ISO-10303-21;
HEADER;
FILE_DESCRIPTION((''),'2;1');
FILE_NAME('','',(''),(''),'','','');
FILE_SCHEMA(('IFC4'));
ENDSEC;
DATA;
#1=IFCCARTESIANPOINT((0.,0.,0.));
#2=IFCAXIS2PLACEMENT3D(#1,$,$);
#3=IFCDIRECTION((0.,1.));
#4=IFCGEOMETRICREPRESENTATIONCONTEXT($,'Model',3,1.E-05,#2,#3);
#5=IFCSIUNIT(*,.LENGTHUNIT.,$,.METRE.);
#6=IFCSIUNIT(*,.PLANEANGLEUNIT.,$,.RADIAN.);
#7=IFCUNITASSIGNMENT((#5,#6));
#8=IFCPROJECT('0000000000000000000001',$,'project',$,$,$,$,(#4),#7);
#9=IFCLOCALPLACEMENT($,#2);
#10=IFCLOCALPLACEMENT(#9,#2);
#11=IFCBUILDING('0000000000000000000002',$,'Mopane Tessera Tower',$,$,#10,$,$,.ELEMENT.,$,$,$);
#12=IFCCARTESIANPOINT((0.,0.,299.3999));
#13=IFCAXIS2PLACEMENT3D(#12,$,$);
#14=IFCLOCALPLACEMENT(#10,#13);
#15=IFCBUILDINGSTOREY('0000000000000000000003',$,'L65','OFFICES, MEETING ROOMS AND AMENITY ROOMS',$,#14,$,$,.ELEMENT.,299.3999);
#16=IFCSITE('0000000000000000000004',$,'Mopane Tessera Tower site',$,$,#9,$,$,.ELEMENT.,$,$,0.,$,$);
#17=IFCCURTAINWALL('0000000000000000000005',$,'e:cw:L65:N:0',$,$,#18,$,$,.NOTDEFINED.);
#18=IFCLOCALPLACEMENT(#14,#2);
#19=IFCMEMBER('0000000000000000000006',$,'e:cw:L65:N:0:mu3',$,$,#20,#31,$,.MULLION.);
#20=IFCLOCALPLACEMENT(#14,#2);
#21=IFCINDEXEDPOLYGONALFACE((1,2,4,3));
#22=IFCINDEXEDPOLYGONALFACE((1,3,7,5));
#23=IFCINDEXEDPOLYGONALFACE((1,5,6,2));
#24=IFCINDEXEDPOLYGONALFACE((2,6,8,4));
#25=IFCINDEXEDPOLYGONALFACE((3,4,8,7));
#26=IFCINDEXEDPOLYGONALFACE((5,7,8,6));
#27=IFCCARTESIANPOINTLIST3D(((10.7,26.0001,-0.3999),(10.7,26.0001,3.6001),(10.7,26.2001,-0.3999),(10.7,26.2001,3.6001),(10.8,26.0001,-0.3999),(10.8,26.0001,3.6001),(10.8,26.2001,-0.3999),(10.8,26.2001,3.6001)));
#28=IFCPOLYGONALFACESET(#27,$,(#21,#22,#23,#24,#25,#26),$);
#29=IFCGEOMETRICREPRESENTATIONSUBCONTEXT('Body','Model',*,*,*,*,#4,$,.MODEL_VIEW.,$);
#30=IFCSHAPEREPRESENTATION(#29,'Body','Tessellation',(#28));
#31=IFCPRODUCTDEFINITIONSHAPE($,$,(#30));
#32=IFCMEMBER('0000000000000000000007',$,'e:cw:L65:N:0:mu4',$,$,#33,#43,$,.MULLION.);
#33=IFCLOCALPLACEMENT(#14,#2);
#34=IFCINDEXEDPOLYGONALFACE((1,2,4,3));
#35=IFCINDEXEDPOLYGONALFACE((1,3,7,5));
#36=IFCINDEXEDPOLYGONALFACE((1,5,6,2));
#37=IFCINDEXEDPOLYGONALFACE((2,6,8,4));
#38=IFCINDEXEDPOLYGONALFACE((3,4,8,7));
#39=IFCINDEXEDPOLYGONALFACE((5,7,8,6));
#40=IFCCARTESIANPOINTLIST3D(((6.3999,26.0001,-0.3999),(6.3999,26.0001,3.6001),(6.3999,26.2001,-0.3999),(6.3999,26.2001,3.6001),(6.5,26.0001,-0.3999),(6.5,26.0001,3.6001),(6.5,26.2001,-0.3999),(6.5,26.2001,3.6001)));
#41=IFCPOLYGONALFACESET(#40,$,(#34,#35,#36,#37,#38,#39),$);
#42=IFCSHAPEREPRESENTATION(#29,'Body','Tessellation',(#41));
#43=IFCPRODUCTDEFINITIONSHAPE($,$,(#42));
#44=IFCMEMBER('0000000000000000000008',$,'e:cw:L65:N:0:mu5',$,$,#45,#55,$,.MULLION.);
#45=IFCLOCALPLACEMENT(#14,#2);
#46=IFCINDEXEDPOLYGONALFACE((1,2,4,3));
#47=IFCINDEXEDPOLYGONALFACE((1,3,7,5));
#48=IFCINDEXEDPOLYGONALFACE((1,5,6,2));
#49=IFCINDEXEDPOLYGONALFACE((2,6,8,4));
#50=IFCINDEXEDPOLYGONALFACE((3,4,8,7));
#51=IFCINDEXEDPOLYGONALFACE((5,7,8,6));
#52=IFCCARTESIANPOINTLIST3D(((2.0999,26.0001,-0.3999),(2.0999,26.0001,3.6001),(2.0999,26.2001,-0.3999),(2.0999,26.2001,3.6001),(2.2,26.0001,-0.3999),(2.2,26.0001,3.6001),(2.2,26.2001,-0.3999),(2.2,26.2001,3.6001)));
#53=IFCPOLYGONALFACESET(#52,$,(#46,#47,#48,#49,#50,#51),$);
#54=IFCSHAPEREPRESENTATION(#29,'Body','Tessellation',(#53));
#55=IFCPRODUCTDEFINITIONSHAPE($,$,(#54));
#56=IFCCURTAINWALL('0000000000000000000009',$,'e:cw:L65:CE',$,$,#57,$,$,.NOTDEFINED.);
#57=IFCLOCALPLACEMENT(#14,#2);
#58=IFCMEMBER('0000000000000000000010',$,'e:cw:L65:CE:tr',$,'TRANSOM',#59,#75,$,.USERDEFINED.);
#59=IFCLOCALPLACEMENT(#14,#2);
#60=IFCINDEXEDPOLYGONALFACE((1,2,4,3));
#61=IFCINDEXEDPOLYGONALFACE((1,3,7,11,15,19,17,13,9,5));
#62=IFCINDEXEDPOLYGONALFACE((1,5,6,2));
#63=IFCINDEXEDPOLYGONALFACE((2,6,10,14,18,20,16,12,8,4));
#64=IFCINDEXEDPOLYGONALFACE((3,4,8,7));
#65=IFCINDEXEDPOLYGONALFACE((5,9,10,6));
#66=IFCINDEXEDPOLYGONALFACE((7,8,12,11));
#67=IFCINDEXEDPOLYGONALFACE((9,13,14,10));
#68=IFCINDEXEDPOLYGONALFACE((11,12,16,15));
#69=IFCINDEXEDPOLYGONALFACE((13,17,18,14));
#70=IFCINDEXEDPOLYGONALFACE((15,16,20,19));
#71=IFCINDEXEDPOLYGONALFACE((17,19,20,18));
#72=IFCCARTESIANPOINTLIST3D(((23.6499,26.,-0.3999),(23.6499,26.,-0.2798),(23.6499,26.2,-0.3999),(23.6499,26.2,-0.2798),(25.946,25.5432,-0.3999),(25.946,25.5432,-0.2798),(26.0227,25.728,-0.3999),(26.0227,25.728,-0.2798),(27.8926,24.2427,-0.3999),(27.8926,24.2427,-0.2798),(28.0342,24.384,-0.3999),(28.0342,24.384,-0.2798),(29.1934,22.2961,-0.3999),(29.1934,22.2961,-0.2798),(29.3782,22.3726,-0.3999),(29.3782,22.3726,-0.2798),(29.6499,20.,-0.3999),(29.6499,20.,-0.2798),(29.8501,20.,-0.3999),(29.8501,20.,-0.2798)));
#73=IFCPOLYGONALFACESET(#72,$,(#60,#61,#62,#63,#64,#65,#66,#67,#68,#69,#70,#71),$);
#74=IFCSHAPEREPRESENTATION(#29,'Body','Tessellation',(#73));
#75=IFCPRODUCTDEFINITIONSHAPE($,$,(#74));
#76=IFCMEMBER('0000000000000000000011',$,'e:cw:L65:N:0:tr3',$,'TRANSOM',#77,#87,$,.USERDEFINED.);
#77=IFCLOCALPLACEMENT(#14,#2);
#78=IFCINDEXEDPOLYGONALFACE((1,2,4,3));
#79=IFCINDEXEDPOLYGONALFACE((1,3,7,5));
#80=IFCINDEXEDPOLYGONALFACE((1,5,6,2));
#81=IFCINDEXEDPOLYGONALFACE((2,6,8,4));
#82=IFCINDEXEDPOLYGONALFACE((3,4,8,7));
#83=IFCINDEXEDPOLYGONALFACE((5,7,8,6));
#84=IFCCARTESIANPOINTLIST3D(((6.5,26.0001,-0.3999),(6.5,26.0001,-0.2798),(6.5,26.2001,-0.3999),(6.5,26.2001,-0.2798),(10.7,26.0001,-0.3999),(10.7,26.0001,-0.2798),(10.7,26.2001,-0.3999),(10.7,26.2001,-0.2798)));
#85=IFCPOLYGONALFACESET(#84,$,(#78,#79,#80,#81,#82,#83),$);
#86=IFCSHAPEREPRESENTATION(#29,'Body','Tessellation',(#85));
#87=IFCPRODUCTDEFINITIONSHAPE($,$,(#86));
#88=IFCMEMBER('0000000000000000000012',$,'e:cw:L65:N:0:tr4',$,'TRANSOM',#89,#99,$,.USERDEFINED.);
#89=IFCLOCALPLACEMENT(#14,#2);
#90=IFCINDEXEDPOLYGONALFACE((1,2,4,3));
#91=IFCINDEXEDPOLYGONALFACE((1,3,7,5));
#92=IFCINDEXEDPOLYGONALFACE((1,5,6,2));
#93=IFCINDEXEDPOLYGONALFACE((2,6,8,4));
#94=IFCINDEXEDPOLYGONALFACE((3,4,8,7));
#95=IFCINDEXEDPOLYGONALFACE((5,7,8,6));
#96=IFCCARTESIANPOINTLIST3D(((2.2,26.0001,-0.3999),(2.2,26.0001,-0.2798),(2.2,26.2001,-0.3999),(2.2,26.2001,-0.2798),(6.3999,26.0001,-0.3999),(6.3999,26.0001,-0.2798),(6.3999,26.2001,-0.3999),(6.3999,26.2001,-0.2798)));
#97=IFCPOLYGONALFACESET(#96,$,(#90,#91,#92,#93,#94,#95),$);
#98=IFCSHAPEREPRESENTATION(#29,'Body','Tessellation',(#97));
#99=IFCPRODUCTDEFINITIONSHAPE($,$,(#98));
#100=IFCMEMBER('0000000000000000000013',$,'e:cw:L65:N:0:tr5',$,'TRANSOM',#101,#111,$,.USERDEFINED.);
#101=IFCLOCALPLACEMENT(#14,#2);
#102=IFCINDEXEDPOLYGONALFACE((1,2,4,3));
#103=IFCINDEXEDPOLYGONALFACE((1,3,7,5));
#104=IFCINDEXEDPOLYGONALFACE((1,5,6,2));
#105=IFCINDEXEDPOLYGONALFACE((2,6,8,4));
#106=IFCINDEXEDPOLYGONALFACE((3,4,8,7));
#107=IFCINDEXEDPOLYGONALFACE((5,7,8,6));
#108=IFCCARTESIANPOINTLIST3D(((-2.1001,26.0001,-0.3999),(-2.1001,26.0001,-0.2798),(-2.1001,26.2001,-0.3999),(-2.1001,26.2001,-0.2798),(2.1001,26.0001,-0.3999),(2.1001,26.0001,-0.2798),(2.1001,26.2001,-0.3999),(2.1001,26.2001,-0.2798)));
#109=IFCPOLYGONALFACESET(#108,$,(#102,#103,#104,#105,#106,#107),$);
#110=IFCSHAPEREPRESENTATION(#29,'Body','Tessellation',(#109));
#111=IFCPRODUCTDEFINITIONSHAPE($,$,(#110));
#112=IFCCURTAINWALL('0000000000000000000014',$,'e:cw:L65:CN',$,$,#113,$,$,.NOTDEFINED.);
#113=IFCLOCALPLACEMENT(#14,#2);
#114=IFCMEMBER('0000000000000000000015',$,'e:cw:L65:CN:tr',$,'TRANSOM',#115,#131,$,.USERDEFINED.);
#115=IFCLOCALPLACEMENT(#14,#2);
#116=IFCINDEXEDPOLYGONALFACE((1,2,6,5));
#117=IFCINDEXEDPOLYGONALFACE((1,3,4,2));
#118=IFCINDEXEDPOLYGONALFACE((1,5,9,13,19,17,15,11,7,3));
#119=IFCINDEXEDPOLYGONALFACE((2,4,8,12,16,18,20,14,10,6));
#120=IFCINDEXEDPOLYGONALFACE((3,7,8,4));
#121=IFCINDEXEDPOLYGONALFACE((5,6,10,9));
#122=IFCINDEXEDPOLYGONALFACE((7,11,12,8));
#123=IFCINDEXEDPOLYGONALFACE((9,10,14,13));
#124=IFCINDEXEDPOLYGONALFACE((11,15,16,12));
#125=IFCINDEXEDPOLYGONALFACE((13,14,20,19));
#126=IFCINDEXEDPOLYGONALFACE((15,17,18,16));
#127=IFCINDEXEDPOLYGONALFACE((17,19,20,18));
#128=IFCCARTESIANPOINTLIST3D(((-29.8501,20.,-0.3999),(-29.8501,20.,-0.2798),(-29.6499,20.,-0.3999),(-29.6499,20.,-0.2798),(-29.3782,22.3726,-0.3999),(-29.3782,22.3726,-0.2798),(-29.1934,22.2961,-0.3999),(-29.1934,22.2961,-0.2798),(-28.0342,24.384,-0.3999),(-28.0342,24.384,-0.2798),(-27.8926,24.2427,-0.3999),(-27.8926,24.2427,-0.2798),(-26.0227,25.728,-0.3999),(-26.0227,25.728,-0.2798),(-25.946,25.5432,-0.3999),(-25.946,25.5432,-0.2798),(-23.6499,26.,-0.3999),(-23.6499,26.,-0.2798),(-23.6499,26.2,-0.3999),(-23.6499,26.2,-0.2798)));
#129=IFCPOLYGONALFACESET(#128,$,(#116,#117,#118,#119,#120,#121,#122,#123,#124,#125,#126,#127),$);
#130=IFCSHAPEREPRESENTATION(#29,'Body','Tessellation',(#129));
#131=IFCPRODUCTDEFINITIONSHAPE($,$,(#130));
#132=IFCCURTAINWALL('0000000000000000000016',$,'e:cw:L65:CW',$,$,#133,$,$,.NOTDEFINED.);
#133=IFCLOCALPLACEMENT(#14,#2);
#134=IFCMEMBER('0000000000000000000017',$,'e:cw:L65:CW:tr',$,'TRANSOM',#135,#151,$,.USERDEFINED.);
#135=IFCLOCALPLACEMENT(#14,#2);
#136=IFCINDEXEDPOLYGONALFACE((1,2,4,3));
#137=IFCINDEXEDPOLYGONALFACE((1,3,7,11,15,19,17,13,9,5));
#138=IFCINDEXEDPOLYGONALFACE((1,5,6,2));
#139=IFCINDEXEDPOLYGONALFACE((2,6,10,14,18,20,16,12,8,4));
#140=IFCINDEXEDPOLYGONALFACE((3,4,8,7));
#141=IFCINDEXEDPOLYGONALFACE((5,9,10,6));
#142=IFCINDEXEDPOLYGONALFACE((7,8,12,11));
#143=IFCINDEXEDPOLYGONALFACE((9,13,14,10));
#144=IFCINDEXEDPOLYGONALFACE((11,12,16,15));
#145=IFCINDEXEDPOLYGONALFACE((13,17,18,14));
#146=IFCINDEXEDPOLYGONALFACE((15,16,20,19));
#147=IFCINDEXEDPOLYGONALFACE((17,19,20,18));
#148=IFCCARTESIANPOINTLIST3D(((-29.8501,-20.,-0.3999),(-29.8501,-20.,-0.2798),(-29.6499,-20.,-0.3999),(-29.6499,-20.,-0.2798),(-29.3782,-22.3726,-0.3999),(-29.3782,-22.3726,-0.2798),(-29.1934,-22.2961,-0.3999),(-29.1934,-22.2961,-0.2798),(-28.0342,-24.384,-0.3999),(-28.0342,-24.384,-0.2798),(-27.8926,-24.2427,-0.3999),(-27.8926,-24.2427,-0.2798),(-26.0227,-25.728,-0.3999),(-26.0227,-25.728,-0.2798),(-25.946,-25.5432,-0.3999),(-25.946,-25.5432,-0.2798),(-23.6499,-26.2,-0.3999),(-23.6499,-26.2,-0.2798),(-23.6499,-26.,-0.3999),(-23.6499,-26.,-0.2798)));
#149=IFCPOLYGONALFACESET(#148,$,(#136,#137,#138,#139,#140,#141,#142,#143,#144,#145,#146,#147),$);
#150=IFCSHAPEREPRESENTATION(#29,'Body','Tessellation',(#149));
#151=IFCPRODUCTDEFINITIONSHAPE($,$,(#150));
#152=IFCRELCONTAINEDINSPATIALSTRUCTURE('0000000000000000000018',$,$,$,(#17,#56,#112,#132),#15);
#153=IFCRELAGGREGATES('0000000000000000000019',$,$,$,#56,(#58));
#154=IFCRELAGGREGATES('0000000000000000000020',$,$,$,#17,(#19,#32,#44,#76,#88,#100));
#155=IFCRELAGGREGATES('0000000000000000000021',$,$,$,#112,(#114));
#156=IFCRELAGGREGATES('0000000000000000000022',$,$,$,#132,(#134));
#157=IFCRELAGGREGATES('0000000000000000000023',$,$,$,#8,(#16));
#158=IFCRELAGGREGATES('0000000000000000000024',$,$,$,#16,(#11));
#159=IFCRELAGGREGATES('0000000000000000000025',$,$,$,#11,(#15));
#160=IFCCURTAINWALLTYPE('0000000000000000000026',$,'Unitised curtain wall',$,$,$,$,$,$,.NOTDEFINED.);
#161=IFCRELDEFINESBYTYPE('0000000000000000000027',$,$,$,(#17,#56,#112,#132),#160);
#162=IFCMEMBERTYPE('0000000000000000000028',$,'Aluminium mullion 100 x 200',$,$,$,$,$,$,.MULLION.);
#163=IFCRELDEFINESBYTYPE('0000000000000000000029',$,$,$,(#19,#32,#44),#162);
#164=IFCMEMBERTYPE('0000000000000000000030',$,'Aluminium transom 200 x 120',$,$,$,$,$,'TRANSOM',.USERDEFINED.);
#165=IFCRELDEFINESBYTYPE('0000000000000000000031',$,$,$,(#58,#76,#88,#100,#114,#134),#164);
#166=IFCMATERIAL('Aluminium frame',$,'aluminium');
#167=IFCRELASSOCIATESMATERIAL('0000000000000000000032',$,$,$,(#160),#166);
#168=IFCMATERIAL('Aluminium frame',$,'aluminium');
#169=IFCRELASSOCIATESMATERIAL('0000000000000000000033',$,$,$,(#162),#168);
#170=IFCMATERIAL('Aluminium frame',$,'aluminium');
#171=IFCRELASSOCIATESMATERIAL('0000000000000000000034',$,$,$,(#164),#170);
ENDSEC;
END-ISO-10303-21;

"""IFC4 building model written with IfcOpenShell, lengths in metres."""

from ifc_helpers import new_model, si_unit, direction, frame, origin, origin_2d, place, context, subcontext, project, spatial, polyline, rectangle, outline, extrude, material, material_profile, profile_set, type_object, element, aggregate, save


model = new_model("IFC4")

# Units and contexts
model_context = context("Model", 3, precision=1e-05, world=origin(), true_north=direction((0.0, 1.0)))
body_context = subcontext(model_context, "Body", "Model", "MODEL_VIEW")
ifc_project = project(units=[si_unit("LENGTHUNIT", "METRE"), si_unit("PLANEANGLEUNIT", "RADIAN")], contexts=[model_context])

# Site, building, storey
site_placement = place(None, origin())
site = spatial("IfcSite", under=ifc_project, at=site_placement, Name="Mopane Tessera Tower site", CompositionType="ELEMENT", RefElevation=0.0)
building_placement = place(site_placement, origin())
building = spatial("IfcBuilding", under=site, at=building_placement, Name="Mopane Tessera Tower", CompositionType="ELEMENT")
storey_placement = place(building_placement, frame((0.0, 0.0, 299.3999)))
storey = spatial("IfcBuildingStorey", under=building, at=storey_placement, Name="L65", Description="OFFICES, MEETING ROOMS AND AMENITY ROOMS", CompositionType="ELEMENT", Elevation=299.3999)

# Curtain wall, members
ifc_material_1 = material(Name="Aluminium frame", Category="aluminium")
curtain_wall_type = type_object("IfcCurtainWallType", Name="Unitised curtain wall", PredefinedType="NOTDEFINED", material=ifc_material_1)
curtain_wall_1_placement = place(storey_placement, origin())
curtain_wall_1 = element("IfcCurtainWall", 1, at=curtain_wall_1_placement, inside=storey, type_object=curtain_wall_type, Name="e:cw:L65:N:0", PredefinedType="NOTDEFINED")
ifc_material_2 = material(Name="Aluminium frame", Category="aluminium")
ifc_material_profile_1 = material_profile(ifc_material_2, rectangle(XDim=0.1001, YDim=0.2, at=origin_2d()))
ifc_profile_set_1 = profile_set([ifc_material_profile_1], Name="Aluminium frame")
member_type_1 = type_object("IfcMemberType", Name="Aluminium mullion 100 x 200", PredefinedType="MULLION", material=ifc_profile_set_1)
member_1_placement = place(storey_placement, frame((10.75, 26.1001, -0.3999), z_axis=(0.0, 0.0, 1.0), x_axis=(-1.0, 0.0, 0.0)))
member_1 = element("IfcMember", 2, at=member_1_placement, type_object=member_type_1, Name="e:cw:L65:N:0:mu3", PredefinedType="MULLION", context=body_context, shape_type="SweptSolid", body=[
    extrude(rectangle(XDim=0.1001, YDim=0.2, at=origin_2d()), origin(), (0.0, 0.0, 1.0), 4.0),
])
member_2_placement = place(storey_placement, frame((6.45, 26.1001, -0.3999), z_axis=(0.0, 0.0, 1.0), x_axis=(-1.0, 0.0, 0.0)))
member_2 = element("IfcMember", 3, at=member_2_placement, type_object=member_type_1, Name="e:cw:L65:N:0:mu4", PredefinedType="MULLION", context=body_context, shape_type="SweptSolid", body=[
    extrude(rectangle(XDim=0.1001, YDim=0.2, at=origin_2d()), origin(), (0.0, 0.0, 1.0), 4.0),
])
member_3_placement = place(storey_placement, frame((2.1499, 26.1001, -0.3999), z_axis=(0.0, 0.0, 1.0), x_axis=(-1.0, 0.0, 0.0)))
member_3 = element("IfcMember", 4, at=member_3_placement, type_object=member_type_1, Name="e:cw:L65:N:0:mu5", PredefinedType="MULLION", context=body_context, shape_type="SweptSolid", body=[
    extrude(rectangle(XDim=0.1001, YDim=0.2, at=origin_2d()), origin(), (0.0, 0.0, 1.0), 4.0),
])

# Curtain wall, member
curtain_wall_2_placement = place(storey_placement, origin())
curtain_wall_2 = element("IfcCurtainWall", 5, at=curtain_wall_2_placement, inside=storey, type_object=curtain_wall_type, Name="e:cw:L65:CE", PredefinedType="NOTDEFINED")
ifc_material_3 = material(Name="Aluminium frame", Category="aluminium")
ifc_material_profile_2 = material_profile(ifc_material_3, rectangle(XDim=0.2, YDim=0.1201, at=origin_2d()))
ifc_profile_set_2 = profile_set([ifc_material_profile_2], Name="Aluminium frame")
member_type_2 = type_object("IfcMemberType", Name="Aluminium transom 200 x 120", ElementType="TRANSOM", PredefinedType="USERDEFINED", material=ifc_profile_set_2)
member_4_placement = place(storey_placement, frame((0.0, 0.0, -0.3999)))
member_4 = element("IfcMember", 6, at=member_4_placement, type_object=member_type_2, Name="e:cw:L65:CE:tr", ObjectType="TRANSOM", PredefinedType="USERDEFINED", context=body_context, shape_type="SweptSolid", body=[
    extrude(outline(polyline([(29.6499, 20.0), (29.1934, 22.2961), (27.8926, 24.2427), (25.946, 25.5432), (23.6499, 26.0), (23.6499, 26.2), (26.0227, 25.728), (28.0342, 24.384), (29.3782, 22.3726), (29.8501, 20.0), (29.6499, 20.0)])), origin(), (0.0, 0.0, 1.0), 0.1201),
])

# Members
member_5_placement = place(storey_placement, frame((10.7, 26.1001, -0.3398), z_axis=(-1.0, 0.0, 0.0), x_axis=(0.0, -1.0, 0.0)))
member_5 = element("IfcMember", 7, at=member_5_placement, type_object=member_type_2, Name="e:cw:L65:N:0:tr3", ObjectType="TRANSOM", PredefinedType="USERDEFINED", context=body_context, shape_type="SweptSolid", body=[
    extrude(rectangle(XDim=0.2, YDim=0.1201, at=origin_2d()), origin(), (0.0, 0.0, 1.0), 4.2),
])
member_6_placement = place(storey_placement, frame((6.3999, 26.1001, -0.3398), z_axis=(-1.0, 0.0, 0.0), x_axis=(0.0, -1.0, 0.0)))
member_6 = element("IfcMember", 8, at=member_6_placement, type_object=member_type_2, Name="e:cw:L65:N:0:tr4", ObjectType="TRANSOM", PredefinedType="USERDEFINED", context=body_context, shape_type="SweptSolid", body=[
    extrude(rectangle(XDim=0.2, YDim=0.1201, at=origin_2d()), origin(), (0.0, 0.0, 1.0), 4.2),
])
member_7_placement = place(storey_placement, frame((2.1001, 26.1001, -0.3398), z_axis=(-1.0, 0.0, 0.0), x_axis=(0.0, -1.0, 0.0)))
member_7 = element("IfcMember", 9, at=member_7_placement, type_object=member_type_2, Name="e:cw:L65:N:0:tr5", ObjectType="TRANSOM", PredefinedType="USERDEFINED", context=body_context, shape_type="SweptSolid", body=[
    extrude(rectangle(XDim=0.2, YDim=0.1201, at=origin_2d()), origin(), (0.0, 0.0, 1.0), 4.2002),
])

# Curtain walls, members
curtain_wall_3_placement = place(storey_placement, origin())
curtain_wall_3 = element("IfcCurtainWall", 10, at=curtain_wall_3_placement, inside=storey, type_object=curtain_wall_type, Name="e:cw:L65:CN", PredefinedType="NOTDEFINED")
member_8_placement = place(storey_placement, frame((0.0, 0.0, -0.3999)))
member_8 = element("IfcMember", 11, at=member_8_placement, type_object=member_type_2, Name="e:cw:L65:CN:tr", ObjectType="TRANSOM", PredefinedType="USERDEFINED", context=body_context, shape_type="SweptSolid", body=[
    extrude(outline(polyline([(-23.6499, 26.0), (-25.946, 25.5432), (-27.8926, 24.2427), (-29.1934, 22.2961), (-29.6499, 20.0), (-29.8501, 20.0), (-29.3782, 22.3726), (-28.0342, 24.384), (-26.0227, 25.728), (-23.6499, 26.2), (-23.6499, 26.0)])), origin(), (0.0, 0.0, 1.0), 0.1201),
])
curtain_wall_4_placement = place(storey_placement, origin())
curtain_wall_4 = element("IfcCurtainWall", 12, at=curtain_wall_4_placement, inside=storey, type_object=curtain_wall_type, Name="e:cw:L65:CW", PredefinedType="NOTDEFINED")
member_9_placement = place(storey_placement, frame((0.0, 0.0, -0.3999)))
member_9 = element("IfcMember", 13, at=member_9_placement, type_object=member_type_2, Name="e:cw:L65:CW:tr", ObjectType="TRANSOM", PredefinedType="USERDEFINED", context=body_context, shape_type="SweptSolid", body=[
    extrude(outline(polyline([(-29.6499, -20.0), (-29.1934, -22.2961), (-27.8926, -24.2427), (-25.946, -25.5432), (-23.6499, -26.0), (-23.6499, -26.2), (-26.0227, -25.728), (-28.0342, -24.384), (-29.3782, -22.3726), (-29.8501, -20.0), (-29.6499, -20.0)])), origin(), (0.0, 0.0, 1.0), 0.1201),
])

aggregate(curtain_wall_2, [member_4])
aggregate(curtain_wall_1, [member_1, member_2, member_3, member_5, member_6, member_7])
aggregate(curtain_wall_3, [member_8])
aggregate(curtain_wall_4, [member_9])

save(model, "model.ifc")
